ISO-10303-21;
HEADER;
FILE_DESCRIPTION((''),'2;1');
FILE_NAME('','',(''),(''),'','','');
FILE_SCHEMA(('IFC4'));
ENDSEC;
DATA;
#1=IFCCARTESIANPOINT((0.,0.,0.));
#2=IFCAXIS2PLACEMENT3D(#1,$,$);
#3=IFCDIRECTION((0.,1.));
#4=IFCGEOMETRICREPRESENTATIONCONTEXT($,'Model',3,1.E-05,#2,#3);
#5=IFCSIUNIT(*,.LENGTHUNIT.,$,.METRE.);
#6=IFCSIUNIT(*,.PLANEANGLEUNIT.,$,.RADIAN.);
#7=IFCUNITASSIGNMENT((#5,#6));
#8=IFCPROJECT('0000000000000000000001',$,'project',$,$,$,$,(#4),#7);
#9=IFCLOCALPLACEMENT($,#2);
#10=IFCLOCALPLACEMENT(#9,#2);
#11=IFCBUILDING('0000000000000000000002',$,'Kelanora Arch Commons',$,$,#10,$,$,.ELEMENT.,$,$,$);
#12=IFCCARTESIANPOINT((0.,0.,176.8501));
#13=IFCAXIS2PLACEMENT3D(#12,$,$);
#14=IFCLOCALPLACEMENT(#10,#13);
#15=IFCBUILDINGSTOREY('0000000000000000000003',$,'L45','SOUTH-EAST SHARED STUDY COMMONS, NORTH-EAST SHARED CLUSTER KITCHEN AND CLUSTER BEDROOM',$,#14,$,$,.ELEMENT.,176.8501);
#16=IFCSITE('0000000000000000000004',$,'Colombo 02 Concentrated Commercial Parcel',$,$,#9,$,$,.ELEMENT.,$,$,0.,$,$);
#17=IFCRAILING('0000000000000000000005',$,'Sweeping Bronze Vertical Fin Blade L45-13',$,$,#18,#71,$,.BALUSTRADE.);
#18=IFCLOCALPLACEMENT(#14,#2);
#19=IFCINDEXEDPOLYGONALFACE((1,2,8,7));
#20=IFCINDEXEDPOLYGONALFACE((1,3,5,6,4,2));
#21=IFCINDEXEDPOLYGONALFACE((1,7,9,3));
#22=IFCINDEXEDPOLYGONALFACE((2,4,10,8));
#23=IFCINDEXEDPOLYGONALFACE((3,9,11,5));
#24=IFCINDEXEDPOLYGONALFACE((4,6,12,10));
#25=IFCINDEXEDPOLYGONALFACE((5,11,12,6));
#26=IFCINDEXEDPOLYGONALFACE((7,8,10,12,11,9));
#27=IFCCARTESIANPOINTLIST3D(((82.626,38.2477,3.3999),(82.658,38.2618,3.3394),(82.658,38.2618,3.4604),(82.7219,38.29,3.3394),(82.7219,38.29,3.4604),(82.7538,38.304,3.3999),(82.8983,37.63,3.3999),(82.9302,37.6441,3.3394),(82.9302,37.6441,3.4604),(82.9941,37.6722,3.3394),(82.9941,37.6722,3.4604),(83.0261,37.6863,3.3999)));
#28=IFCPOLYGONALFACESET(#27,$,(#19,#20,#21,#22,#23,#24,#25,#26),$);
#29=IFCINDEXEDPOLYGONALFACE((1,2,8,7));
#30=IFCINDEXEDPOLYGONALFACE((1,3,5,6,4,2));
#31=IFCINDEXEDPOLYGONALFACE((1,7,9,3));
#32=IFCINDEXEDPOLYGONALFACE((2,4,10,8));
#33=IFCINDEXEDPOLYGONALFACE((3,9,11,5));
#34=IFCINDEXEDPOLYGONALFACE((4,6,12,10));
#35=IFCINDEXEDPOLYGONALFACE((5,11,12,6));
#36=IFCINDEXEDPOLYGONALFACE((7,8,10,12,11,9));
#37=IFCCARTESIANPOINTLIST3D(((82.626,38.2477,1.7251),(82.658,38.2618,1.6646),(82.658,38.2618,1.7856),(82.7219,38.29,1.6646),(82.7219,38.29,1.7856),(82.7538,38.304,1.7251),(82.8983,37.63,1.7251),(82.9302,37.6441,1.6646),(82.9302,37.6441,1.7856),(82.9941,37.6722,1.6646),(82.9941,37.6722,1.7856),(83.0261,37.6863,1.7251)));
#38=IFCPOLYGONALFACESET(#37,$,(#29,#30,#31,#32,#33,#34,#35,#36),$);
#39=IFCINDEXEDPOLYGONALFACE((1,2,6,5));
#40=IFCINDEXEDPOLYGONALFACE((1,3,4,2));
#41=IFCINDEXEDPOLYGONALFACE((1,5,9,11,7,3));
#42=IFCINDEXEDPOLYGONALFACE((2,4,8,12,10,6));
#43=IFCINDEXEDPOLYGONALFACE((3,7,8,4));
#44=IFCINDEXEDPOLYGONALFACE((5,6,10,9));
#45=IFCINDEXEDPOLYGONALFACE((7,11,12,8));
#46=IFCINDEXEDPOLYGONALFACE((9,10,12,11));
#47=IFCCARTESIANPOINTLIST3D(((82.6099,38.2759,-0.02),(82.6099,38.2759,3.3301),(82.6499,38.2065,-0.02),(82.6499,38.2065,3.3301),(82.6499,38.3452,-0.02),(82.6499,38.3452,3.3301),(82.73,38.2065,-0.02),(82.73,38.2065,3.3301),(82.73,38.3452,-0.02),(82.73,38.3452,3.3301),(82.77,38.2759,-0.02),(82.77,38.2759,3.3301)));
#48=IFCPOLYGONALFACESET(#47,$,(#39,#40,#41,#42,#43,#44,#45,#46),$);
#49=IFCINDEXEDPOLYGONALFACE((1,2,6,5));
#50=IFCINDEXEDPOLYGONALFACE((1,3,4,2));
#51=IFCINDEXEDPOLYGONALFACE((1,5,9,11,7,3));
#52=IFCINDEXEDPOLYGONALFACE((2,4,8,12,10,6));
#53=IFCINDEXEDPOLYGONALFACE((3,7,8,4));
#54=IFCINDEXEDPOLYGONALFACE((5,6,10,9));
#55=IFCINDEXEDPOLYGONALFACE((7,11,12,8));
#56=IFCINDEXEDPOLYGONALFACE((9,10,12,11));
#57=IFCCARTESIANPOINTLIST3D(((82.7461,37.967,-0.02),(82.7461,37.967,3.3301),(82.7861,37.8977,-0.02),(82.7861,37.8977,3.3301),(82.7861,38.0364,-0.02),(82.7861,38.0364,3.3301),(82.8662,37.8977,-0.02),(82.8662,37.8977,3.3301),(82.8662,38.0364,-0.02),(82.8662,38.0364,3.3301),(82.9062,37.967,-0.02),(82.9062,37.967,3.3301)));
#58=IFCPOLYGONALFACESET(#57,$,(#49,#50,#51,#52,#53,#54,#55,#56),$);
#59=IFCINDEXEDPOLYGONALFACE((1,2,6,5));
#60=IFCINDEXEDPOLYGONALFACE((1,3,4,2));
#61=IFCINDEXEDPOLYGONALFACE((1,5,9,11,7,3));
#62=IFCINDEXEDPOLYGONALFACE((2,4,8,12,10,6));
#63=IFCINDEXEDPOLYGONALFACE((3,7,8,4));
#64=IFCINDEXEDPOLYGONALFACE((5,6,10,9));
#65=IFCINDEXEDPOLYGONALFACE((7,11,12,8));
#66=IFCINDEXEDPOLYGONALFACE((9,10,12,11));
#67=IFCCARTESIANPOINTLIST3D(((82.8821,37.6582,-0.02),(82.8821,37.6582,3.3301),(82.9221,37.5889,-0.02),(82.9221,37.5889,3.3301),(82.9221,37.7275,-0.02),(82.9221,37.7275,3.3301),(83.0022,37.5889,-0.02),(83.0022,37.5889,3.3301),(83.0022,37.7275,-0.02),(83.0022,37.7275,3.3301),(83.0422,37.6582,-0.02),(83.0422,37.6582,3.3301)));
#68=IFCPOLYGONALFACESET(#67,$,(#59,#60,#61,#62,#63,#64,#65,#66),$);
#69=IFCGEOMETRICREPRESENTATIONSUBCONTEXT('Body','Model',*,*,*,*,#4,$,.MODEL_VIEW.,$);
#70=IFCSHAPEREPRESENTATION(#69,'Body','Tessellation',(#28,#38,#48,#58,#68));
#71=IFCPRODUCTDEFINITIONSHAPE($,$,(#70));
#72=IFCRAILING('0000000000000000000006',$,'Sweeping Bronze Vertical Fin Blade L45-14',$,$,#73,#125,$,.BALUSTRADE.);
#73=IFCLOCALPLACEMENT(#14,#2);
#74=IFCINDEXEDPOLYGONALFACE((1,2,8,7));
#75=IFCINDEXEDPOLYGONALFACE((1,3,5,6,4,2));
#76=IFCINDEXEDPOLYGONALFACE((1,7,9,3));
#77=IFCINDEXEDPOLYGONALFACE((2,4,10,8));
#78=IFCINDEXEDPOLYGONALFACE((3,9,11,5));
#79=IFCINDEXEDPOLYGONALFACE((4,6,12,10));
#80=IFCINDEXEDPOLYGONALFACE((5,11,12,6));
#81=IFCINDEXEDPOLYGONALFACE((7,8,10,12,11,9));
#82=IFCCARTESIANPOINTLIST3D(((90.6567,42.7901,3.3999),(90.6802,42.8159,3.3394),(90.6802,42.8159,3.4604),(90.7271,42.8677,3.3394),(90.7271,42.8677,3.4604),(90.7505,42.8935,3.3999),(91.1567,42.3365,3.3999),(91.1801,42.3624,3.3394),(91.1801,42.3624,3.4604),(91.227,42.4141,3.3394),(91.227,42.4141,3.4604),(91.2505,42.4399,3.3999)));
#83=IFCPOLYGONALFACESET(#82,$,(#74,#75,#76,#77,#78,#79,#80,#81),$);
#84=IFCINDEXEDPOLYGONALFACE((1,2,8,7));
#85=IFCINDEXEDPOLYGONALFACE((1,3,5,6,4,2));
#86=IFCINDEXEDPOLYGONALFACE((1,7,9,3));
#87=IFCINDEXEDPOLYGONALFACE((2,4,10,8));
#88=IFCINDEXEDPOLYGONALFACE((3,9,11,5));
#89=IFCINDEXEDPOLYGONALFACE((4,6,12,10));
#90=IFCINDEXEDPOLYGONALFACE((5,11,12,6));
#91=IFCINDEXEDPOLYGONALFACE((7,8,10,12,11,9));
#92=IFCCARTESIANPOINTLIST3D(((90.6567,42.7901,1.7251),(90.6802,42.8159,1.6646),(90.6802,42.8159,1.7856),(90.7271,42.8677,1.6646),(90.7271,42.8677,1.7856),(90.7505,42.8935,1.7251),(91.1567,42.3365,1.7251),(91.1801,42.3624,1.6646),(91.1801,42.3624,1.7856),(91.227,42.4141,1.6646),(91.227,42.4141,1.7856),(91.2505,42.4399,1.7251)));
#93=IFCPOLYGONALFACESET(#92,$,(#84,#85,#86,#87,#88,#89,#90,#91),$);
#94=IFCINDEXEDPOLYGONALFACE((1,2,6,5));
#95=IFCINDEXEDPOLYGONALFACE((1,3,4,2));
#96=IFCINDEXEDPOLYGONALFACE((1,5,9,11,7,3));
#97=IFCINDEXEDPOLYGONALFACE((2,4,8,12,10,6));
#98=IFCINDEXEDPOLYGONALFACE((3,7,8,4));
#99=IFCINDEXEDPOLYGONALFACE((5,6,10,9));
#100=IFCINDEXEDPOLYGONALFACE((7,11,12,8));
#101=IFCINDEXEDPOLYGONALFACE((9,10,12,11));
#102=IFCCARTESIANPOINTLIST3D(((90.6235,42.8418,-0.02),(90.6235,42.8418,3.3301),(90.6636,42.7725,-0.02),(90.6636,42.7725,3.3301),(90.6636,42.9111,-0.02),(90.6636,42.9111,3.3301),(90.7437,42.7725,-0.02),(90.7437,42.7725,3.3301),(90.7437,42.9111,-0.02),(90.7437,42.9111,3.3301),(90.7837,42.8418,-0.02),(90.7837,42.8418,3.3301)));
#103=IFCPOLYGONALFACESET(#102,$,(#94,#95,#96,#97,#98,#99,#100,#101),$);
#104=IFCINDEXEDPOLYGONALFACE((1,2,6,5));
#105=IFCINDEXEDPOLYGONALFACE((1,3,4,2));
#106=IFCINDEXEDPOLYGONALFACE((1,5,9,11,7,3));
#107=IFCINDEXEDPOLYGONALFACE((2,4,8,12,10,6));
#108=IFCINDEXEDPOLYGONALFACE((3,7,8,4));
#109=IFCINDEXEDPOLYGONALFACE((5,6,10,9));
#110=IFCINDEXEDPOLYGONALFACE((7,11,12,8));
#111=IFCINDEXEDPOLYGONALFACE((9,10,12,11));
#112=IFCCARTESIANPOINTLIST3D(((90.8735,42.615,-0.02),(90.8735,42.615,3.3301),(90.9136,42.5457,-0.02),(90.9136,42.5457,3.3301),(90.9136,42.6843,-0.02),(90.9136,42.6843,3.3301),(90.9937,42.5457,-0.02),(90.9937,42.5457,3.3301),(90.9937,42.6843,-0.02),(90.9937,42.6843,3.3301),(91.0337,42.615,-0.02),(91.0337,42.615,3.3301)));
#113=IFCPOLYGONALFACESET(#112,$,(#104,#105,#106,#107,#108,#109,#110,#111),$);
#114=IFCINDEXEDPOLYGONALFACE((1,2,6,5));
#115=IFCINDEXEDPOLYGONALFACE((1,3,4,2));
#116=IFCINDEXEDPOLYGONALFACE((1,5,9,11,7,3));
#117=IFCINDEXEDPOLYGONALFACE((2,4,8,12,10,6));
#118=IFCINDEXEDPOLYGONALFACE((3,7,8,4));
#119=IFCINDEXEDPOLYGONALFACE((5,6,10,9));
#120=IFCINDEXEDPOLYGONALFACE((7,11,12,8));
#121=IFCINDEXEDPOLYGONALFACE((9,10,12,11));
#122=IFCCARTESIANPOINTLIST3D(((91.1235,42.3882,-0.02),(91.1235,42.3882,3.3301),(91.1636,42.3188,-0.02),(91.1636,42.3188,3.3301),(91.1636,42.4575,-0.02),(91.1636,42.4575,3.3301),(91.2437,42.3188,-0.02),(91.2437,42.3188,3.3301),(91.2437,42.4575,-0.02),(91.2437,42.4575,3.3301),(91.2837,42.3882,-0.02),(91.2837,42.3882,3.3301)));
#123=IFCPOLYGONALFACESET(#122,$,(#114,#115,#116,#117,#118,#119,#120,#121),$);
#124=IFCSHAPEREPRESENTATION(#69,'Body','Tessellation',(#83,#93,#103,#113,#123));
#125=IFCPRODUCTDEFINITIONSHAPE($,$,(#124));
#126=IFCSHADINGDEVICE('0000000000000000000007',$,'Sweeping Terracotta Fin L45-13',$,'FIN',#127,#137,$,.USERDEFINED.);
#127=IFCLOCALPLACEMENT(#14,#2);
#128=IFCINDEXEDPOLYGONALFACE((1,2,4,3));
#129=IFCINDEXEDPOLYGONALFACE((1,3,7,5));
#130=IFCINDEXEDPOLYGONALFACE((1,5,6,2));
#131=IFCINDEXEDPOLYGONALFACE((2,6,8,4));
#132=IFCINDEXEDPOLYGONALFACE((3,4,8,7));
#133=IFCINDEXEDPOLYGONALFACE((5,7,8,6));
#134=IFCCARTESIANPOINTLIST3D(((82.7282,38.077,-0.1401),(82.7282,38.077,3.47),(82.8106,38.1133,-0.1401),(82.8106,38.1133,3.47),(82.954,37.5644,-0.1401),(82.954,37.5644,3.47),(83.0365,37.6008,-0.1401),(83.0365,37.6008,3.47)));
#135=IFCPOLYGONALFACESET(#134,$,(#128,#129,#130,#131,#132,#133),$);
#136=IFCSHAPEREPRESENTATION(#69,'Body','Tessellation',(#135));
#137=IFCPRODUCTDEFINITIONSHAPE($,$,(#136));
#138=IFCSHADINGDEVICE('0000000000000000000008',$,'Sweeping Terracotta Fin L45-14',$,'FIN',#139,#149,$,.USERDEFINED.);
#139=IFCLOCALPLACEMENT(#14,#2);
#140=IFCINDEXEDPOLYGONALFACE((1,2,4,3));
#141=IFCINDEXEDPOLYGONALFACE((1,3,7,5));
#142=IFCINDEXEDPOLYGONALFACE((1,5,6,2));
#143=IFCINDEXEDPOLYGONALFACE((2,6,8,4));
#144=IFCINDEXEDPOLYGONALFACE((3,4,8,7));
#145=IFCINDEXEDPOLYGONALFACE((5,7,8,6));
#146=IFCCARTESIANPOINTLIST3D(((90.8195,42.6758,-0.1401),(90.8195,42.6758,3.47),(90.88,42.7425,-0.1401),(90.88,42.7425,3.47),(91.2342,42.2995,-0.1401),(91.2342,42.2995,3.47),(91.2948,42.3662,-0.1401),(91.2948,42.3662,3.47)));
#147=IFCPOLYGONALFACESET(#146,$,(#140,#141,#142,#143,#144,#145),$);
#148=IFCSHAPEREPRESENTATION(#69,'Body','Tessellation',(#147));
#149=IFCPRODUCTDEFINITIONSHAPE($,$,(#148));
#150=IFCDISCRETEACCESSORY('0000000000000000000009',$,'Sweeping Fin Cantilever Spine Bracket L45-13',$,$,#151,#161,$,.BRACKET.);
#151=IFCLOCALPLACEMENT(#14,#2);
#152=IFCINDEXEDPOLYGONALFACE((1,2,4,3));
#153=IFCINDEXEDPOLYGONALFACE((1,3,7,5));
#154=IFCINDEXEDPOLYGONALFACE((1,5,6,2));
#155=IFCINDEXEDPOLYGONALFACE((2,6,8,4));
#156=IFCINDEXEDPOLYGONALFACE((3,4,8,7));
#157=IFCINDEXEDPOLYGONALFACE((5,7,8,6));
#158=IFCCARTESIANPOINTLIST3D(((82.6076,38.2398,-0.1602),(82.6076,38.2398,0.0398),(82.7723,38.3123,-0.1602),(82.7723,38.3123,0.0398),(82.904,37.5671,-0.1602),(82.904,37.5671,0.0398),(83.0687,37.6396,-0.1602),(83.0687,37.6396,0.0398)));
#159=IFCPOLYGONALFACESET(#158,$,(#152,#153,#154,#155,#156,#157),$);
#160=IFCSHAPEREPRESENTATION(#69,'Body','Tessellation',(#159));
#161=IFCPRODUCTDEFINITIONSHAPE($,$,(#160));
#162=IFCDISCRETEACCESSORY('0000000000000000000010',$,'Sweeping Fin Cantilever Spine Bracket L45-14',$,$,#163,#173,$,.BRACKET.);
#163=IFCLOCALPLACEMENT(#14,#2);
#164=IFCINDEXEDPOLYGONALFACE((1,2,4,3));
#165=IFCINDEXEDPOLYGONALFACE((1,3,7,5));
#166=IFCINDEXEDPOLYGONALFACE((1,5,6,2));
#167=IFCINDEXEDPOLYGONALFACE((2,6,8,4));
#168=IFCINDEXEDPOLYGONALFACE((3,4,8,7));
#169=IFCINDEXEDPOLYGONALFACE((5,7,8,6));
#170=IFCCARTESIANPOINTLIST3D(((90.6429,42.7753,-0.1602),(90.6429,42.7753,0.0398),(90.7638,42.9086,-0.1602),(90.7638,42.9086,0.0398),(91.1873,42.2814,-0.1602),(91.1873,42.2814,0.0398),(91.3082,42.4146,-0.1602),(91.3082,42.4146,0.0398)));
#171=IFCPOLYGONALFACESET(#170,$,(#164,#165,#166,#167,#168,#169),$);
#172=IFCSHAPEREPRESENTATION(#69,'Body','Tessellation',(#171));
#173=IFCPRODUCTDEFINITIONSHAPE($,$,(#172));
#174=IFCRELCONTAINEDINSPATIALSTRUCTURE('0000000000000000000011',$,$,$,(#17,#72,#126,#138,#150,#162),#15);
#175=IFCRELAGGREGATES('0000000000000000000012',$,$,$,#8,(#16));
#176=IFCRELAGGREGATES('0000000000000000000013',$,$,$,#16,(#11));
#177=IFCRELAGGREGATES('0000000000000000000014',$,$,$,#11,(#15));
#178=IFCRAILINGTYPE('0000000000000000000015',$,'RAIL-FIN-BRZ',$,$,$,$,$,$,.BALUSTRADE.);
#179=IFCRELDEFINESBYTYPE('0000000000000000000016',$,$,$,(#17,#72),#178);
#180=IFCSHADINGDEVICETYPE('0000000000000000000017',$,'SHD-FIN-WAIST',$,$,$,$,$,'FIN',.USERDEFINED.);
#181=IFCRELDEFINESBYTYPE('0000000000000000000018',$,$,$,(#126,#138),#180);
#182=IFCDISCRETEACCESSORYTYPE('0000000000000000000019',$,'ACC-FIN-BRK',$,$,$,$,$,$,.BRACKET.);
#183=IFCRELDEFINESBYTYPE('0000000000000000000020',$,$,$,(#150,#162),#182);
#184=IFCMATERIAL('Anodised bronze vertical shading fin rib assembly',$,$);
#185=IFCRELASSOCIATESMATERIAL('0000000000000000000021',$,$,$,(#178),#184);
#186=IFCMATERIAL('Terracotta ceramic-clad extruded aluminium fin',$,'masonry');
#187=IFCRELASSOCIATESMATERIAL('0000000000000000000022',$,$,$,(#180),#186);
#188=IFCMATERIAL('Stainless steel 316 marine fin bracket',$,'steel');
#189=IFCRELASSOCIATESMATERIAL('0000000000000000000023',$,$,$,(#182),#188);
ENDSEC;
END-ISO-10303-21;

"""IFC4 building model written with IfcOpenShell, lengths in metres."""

from ifc_helpers import new_model, si_unit, direction, frame, origin, origin_2d, place, context, subcontext, project, spatial, polyline, rectangle, outline, extrude, source, transform, mapped, material, type_object, element, save


model = new_model("IFC4")

# Units and contexts
model_context = context("Model", 3, precision=1e-05, world=origin(), true_north=direction((0.0, 1.0)))
body_context = subcontext(model_context, "Body", "Model", "MODEL_VIEW")
ifc_project = project(units=[si_unit("LENGTHUNIT", "METRE"), si_unit("PLANEANGLEUNIT", "RADIAN")], contexts=[model_context])

# Site, building, storey
site_placement = place(None, origin())
site = spatial("IfcSite", under=ifc_project, at=site_placement, Name="Colombo 02 Concentrated Commercial Parcel", CompositionType="ELEMENT", RefElevation=0.0)
building_placement = place(site_placement, origin())
building = spatial("IfcBuilding", under=site, at=building_placement, Name="Kelanora Arch Commons", CompositionType="ELEMENT")
storey_placement = place(building_placement, frame((0.0, 0.0, 176.8501)))
storey = spatial("IfcBuildingStorey", under=building, at=storey_placement, Name="L45", Description="SOUTH-EAST SHARED STUDY COMMONS, NORTH-EAST SHARED CLUSTER KITCHEN AND CLUSTER BEDROOM", CompositionType="ELEMENT", Elevation=176.8501)

# Railings
ifc_material_1 = material(Name="Anodised bronze vertical shading fin rib assembly")
railing_type = type_object("IfcRailingType", Name="RAIL-FIN-BRZ", PredefinedType="BALUSTRADE", material=ifc_material_1)
railing_1_placement = place(storey_placement, frame((82.6899, 38.2759, -0.02)))
element("IfcRailing", 1, at=railing_1_placement, inside=storey, type_object=railing_type, Name="Sweeping Bronze Vertical Fin Blade L45-13", PredefinedType="BALUSTRADE", context=body_context, shape_type="SweptSolid", body=[
    extrude(outline(polyline([(0.0698, 0.0), (0.0349, 0.0605), (-0.0349, 0.0605), (-0.0698, 0.0), (-0.0349, -0.0605), (0.0349, -0.0605), (0.0698, 0.0)])), frame((0.0, 0.0, 3.4199), z_axis=(0.403284, -0.915075, 0.0), x_axis=(0.915075, 0.403284, 0.0)), (0.0, 0.0, 1.0), 0.675),
    extrude(outline(polyline([(0.0698, 0.0), (0.0349, 0.0605), (-0.0349, 0.0605), (-0.0698, 0.0), (-0.0349, -0.0605), (0.0349, -0.0605), (0.0698, 0.0)])), frame((0.0, 0.0, 1.7451), z_axis=(0.403284, -0.915075, 0.0), x_axis=(0.915075, 0.403284, 0.0)), (0.0, 0.0, 1.0), 0.675),
    extrude(outline(polyline([(0.0801, 0.0), (0.04, 0.0693), (-0.04, 0.0693), (-0.0801, 0.0), (-0.04, -0.0693), (0.04, -0.0693), (0.0801, 0.0)])), origin(), (0.0, 0.0, 1.0), 3.3501),
    extrude(outline(polyline([(0.0801, 0.0), (0.04, 0.0693), (-0.04, 0.0693), (-0.0801, 0.0), (-0.04, -0.0693), (0.04, -0.0693), (0.0801, 0.0)])), frame((0.1362, -0.3088, 0.0)), (0.0, 0.0, 1.0), 3.3501),
    extrude(outline(polyline([(0.0801, 0.0), (0.04, 0.0693), (-0.04, 0.0693), (-0.0801, 0.0), (-0.04, -0.0693), (0.04, -0.0693), (0.0801, 0.0)])), frame((0.2722, -0.6177, 0.0)), (0.0, 0.0, 1.0), 3.3501),
])
railing_2_placement = place(storey_placement, frame((90.7036, 42.8418, -0.02)))
element("IfcRailing", 2, at=railing_2_placement, inside=storey, type_object=railing_type, Name="Sweeping Bronze Vertical Fin Blade L45-14", PredefinedType="BALUSTRADE", context=body_context, shape_type="SweptSolid", body=[
    extrude(outline(polyline([(0.0698, 0.0), (0.0349, 0.0605), (-0.0349, 0.0605), (-0.0698, 0.0), (-0.0349, -0.0605), (0.0349, -0.0605), (0.0698, 0.0)])), frame((0.0, 0.0, 3.4199), z_axis=(0.740627, -0.671916, 0.0), x_axis=(0.671916, 0.740627, 0.0)), (0.0, 0.0, 1.0), 0.675),
    extrude(outline(polyline([(0.0698, 0.0), (0.0349, 0.0605), (-0.0349, 0.0605), (-0.0698, 0.0), (-0.0349, -0.0605), (0.0349, -0.0605), (0.0698, 0.0)])), frame((0.0, 0.0, 1.7451), z_axis=(0.740627, -0.671916, 0.0), x_axis=(0.671916, 0.740627, 0.0)), (0.0, 0.0, 1.0), 0.675),
    extrude(outline(polyline([(0.0801, 0.0), (0.04, 0.0693), (-0.04, 0.0693), (-0.0801, 0.0), (-0.04, -0.0693), (0.04, -0.0693), (0.0801, 0.0)])), origin(), (0.0, 0.0, 1.0), 3.3501),
    extrude(outline(polyline([(0.0801, 0.0), (0.04, 0.0693), (-0.04, 0.0693), (-0.0801, 0.0), (-0.04, -0.0693), (0.04, -0.0693), (0.0801, 0.0)])), frame((0.25, -0.2268, 0.0)), (0.0, 0.0, 1.0), 3.3501),
    extrude(outline(polyline([(0.0801, 0.0), (0.04, 0.0693), (-0.04, 0.0693), (-0.0801, 0.0), (-0.04, -0.0693), (0.04, -0.0693), (0.0801, 0.0)])), frame((0.5, -0.4536, 0.0)), (0.0, 0.0, 1.0), 3.3501),
])

# Shading devices
ifc_material_2 = material(Name="Terracotta ceramic-clad extruded aluminium fin", Category="masonry")
shading_device_type = type_object("IfcShadingDeviceType", Name="SHD-FIN-WAIST", ElementType="FIN", PredefinedType="USERDEFINED", material=ifc_material_2)
shared_shape_1 = source(origin(), body_context, "Body", "SweptSolid", [
    extrude(rectangle(XDim=0.5601, YDim=0.0901, at=origin_2d()), origin(), (0.0, 0.0, 1.0), 3.6101),
])
for number, where, z_axis, x_axis, name in (
    (3, (82.8823, 37.8389, -0.1401), (0.0, 0.0, 1.0), (0.403226, -0.9151, 0.0), "Sweeping Terracotta Fin L45-13"),
    (4, (91.0571, 42.521, -0.1401), (0.0, 0.0, 1.0), (0.74057, -0.671979, 0.0), "Sweeping Terracotta Fin L45-14"),
):
    element("IfcShadingDevice", number, at=place(storey_placement, frame(where, z_axis=z_axis, x_axis=x_axis)), inside=storey, type_object=shading_device_type, Name=name, ObjectType="FIN", PredefinedType="USERDEFINED", context=body_context, shape_type="MappedRepresentation", body=[
        mapped(shared_shape_1, transform((0.0, 0.0, 0.0), scale=1.0)),
    ])

# Discrete accessories
ifc_material_3 = material(Name="Stainless steel 316 marine fin bracket", Category="steel")
discrete_accessory_type = type_object("IfcDiscreteAccessoryType", Name="ACC-FIN-BRK", PredefinedType="BRACKET", material=ifc_material_3)
shared_shape_2 = source(origin(), body_context, "Body", "SweptSolid", [
    extrude(rectangle(XDim=0.7351, YDim=0.1799, at=origin_2d()), origin(), (0.0, 0.0, 1.0), 0.2),
])
for number, where, z_axis, x_axis, name in (
    (5, (82.8381, 37.9397, -0.1602), (0.0, 0.0, 1.0), (0.403226, -0.9151, 0.0), "Sweeping Fin Cantilever Spine Bracket L45-13"),
    (6, (90.9756, 42.595, -0.1602), (0.0, 0.0, 1.0), (0.74057, -0.671979, 0.0), "Sweeping Fin Cantilever Spine Bracket L45-14"),
):
    element("IfcDiscreteAccessory", number, at=place(storey_placement, frame(where, z_axis=z_axis, x_axis=x_axis)), inside=storey, type_object=discrete_accessory_type, Name=name, PredefinedType="BRACKET", context=body_context, shape_type="MappedRepresentation", body=[
        mapped(shared_shape_2, transform((0.0, 0.0, 0.0), scale=1.0)),
    ])

save(model, "model.ifc")
